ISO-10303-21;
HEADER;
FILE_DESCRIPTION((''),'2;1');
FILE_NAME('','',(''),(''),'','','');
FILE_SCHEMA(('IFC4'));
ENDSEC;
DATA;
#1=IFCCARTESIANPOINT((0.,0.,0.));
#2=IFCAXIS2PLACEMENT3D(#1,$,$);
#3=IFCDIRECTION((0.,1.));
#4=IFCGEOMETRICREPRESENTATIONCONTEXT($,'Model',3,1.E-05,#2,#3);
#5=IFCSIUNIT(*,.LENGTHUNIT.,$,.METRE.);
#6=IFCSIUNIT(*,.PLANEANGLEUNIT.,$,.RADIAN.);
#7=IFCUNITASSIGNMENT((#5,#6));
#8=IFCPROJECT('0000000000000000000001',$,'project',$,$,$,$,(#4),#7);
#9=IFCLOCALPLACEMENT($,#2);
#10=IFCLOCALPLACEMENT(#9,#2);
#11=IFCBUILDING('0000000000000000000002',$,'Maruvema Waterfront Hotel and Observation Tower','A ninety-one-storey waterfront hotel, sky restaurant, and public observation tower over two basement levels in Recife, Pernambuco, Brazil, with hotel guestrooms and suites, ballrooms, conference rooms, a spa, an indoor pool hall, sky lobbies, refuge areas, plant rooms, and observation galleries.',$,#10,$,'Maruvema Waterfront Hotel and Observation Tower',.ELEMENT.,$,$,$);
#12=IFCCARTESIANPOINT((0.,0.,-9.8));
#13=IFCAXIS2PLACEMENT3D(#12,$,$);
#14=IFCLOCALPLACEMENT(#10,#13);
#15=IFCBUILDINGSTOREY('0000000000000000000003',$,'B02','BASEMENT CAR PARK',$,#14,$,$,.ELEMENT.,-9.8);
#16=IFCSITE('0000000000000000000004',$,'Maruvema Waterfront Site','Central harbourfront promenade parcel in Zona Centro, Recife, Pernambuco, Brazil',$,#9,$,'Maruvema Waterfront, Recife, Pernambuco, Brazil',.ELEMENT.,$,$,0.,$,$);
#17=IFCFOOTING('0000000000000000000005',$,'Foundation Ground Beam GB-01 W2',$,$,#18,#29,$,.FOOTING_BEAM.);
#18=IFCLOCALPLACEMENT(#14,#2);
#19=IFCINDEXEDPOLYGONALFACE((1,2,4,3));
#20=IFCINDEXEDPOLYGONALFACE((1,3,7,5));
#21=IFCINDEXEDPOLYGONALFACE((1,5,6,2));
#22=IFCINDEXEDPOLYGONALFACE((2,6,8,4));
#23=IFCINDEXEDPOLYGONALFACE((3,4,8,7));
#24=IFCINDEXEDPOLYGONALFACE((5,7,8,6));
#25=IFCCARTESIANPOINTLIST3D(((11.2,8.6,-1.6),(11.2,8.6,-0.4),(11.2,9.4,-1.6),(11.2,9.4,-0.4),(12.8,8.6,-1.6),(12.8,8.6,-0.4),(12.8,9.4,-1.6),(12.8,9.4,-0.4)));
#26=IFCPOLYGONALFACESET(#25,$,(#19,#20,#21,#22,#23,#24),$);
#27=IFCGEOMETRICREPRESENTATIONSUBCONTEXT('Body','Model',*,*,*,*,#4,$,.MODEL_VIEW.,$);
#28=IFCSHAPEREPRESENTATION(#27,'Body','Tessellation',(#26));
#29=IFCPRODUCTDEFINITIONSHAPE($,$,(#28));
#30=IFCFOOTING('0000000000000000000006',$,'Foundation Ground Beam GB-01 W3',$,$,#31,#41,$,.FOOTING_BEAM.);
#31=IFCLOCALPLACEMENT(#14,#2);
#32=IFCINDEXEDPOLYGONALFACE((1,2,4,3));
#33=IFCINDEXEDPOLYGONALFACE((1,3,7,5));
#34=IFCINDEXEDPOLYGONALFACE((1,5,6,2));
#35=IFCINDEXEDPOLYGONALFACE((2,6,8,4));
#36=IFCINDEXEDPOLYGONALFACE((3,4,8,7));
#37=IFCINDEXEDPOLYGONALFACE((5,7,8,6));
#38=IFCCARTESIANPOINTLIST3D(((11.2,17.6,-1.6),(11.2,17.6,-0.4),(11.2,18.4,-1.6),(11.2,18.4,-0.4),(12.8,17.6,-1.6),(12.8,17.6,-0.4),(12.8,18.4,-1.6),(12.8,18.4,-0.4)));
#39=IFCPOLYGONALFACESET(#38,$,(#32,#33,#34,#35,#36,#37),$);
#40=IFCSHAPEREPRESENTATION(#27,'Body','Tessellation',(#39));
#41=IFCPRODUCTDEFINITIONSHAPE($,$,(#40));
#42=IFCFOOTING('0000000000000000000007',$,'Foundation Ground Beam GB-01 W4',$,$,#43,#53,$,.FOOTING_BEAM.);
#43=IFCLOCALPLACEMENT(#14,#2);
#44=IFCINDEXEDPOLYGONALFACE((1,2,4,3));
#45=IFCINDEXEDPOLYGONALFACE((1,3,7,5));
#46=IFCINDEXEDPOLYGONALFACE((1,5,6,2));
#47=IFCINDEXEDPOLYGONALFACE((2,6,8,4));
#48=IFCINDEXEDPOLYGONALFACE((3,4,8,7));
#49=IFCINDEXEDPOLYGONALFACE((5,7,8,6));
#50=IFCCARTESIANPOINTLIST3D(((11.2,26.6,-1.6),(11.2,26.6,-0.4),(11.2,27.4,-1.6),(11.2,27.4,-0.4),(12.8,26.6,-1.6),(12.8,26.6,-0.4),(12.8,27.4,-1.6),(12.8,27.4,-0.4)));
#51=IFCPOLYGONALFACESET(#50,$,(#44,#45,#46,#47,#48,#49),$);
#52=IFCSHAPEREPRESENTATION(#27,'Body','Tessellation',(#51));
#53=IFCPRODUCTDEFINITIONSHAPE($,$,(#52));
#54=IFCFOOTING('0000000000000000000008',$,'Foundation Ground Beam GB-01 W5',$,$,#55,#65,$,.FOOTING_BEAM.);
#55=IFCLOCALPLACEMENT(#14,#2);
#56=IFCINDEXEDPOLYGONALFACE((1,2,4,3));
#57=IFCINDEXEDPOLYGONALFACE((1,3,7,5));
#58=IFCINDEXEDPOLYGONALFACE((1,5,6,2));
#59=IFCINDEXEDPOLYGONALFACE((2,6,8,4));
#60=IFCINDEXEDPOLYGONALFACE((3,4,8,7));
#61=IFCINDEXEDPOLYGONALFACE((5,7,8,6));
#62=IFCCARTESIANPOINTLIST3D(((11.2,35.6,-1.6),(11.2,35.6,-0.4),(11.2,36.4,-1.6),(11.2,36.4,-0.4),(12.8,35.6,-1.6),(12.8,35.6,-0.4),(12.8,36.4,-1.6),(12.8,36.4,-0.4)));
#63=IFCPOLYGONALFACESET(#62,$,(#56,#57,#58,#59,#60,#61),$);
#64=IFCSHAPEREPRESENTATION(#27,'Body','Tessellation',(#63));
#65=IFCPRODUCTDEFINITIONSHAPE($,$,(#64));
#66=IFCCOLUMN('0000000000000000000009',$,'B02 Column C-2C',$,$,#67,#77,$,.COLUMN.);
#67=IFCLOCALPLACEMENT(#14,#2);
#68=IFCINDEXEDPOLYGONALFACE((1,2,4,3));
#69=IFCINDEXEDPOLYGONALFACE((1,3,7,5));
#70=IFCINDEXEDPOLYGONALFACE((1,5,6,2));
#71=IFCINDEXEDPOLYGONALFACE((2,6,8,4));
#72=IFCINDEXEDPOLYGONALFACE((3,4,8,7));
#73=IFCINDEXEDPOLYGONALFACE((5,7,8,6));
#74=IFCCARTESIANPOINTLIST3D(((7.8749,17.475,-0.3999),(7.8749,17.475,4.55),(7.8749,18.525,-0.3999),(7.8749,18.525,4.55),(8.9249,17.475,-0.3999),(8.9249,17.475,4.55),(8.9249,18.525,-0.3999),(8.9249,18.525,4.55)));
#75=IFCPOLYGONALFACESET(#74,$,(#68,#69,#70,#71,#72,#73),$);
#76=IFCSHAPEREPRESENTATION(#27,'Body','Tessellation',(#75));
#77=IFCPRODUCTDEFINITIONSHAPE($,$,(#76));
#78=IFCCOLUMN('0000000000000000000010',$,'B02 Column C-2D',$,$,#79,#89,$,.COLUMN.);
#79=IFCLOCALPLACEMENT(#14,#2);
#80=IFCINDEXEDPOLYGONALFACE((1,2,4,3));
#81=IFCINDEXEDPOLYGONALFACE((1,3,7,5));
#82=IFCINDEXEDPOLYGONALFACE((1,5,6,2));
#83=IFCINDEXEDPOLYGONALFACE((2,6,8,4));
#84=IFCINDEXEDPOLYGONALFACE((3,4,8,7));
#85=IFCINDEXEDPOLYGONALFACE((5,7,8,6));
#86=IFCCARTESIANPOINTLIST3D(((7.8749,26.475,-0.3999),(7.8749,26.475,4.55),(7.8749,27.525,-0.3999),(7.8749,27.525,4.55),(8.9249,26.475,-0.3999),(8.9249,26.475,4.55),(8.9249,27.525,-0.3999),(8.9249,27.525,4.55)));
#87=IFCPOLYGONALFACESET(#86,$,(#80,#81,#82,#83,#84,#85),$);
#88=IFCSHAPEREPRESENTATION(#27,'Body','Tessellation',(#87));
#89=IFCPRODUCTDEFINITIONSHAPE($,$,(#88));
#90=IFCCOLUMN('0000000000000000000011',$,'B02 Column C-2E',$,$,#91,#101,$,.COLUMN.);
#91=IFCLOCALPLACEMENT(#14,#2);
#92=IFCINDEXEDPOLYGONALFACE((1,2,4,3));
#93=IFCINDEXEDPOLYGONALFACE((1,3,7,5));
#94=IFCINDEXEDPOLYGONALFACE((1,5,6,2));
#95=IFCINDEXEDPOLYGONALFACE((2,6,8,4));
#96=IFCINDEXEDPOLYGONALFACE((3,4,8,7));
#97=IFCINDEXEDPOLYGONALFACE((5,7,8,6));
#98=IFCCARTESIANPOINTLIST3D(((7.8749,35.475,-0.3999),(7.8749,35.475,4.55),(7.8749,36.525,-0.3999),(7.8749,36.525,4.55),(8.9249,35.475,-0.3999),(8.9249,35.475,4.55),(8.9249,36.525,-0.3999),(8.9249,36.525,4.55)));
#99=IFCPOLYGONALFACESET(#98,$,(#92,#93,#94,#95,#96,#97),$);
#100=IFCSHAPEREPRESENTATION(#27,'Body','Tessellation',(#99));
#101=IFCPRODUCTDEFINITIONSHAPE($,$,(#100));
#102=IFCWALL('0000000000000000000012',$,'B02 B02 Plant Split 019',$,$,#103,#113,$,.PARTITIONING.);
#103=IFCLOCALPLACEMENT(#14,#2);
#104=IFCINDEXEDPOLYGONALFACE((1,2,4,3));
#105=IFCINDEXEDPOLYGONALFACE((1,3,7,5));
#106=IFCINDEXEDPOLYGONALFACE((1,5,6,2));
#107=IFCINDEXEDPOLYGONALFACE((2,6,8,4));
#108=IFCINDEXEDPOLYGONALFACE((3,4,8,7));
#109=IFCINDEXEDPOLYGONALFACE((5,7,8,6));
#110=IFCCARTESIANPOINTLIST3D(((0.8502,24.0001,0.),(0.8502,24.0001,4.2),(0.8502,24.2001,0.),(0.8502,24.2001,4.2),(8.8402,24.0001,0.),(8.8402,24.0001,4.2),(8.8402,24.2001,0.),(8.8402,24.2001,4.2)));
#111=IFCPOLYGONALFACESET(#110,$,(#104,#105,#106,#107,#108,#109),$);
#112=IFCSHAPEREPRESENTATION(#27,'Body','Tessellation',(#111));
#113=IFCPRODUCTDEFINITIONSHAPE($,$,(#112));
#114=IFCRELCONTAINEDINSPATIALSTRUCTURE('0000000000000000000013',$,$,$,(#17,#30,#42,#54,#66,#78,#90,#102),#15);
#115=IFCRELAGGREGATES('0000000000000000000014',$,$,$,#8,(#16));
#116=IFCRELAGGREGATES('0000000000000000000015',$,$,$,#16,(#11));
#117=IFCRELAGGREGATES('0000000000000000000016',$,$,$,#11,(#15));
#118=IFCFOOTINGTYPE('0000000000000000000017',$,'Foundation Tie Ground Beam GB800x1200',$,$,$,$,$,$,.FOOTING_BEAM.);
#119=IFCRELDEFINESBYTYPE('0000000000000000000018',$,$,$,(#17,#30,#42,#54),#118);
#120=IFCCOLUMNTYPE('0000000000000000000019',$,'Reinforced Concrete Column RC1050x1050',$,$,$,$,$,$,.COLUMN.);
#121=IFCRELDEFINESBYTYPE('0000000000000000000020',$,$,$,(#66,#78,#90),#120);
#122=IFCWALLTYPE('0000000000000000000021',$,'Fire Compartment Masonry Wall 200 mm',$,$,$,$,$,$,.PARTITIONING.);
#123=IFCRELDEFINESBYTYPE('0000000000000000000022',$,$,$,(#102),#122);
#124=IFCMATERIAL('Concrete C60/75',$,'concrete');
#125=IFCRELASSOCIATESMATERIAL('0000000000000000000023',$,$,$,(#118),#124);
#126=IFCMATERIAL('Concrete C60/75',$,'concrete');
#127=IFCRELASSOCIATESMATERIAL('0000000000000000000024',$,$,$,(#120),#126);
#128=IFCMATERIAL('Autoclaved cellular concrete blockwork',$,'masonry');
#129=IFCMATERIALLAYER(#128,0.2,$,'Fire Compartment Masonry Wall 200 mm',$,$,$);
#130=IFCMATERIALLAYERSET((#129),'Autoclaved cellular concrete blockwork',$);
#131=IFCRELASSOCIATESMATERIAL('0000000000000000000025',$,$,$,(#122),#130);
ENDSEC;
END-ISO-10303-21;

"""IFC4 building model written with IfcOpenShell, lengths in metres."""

from ifc_helpers import new_model, si_unit, direction, frame, frame_2d, origin, origin_2d, place, context, subcontext, project, spatial, rectangle, extrude, material, layer, layer_set, material_profile, profile_set, type_object, element, save


model = new_model("IFC4")

# Units and contexts
model_context = context("Model", 3, precision=1e-05, world=origin(), true_north=direction((0.0, 1.0)))
body_context = subcontext(model_context, "Body", "Model", "MODEL_VIEW")
ifc_project = project(units=[si_unit("LENGTHUNIT", "METRE"), si_unit("PLANEANGLEUNIT", "RADIAN")], contexts=[model_context])

# Site, building, storey
site_placement = place(None, origin())
site = spatial("IfcSite", under=ifc_project, at=site_placement, Name="Maruvema Waterfront Site", Description="Central harbourfront promenade parcel in Zona Centro, Recife, Pernambuco, Brazil", LongName="Maruvema Waterfront, Recife, Pernambuco, Brazil", CompositionType="ELEMENT", RefElevation=0.0)
building_placement = place(site_placement, origin())
building = spatial("IfcBuilding", under=site, at=building_placement, Name="Maruvema Waterfront Hotel and Observation Tower", Description="A ninety-one-storey waterfront hotel, sky restaurant, and public observation tower over two basement levels in Recife, Pernambuco, Brazil, with hotel guestrooms and suites, ballrooms, conference rooms, a spa, an indoor pool hall, sky lobbies, refuge areas, plant rooms, and observation galleries.", LongName="Maruvema Waterfront Hotel and Observation Tower", CompositionType="ELEMENT")
storey_placement = place(building_placement, frame((0.0, 0.0, -9.8)))
storey = spatial("IfcBuildingStorey", under=building, at=storey_placement, Name="B02", Description="BASEMENT CAR PARK", CompositionType="ELEMENT", Elevation=-9.8)

# Footings
ifc_material_1 = material(Name="Concrete C60/75", Category="concrete")
ifc_material_profile_1 = material_profile(ifc_material_1, rectangle(XDim=0.8, YDim=1.2, at=origin_2d()), Name="GB800x1200")
ifc_profile_set_1 = profile_set([ifc_material_profile_1], Name="Concrete C60/75")
footing_type_1 = type_object("IfcFootingType", Name="Foundation Tie Ground Beam GB800x1200", PredefinedType="FOOTING_BEAM", material=ifc_profile_set_1)
for number, where, z_axis, x_axis, name in (
    (1, (11.2, 9.0, -1.0), (1.0, 0.0, 0.0), (0.0, 1.0, 0.0), "Foundation Ground Beam GB-01 W2"),
    (2, (11.2, 18.0, -1.0), (1.0, 0.0, 0.0), (0.0, 1.0, 0.0), "Foundation Ground Beam GB-01 W3"),
    (3, (11.2, 27.0, -1.0), (1.0, 0.0, 0.0), (0.0, 1.0, 0.0), "Foundation Ground Beam GB-01 W4"),
    (4, (11.2, 36.0, -1.0), (1.0, 0.0, 0.0), (0.0, 1.0, 0.0), "Foundation Ground Beam GB-01 W5"),
):
    element("IfcFooting", number, at=place(storey_placement, frame(where, z_axis=z_axis, x_axis=x_axis)), inside=storey, type_object=footing_type_1, Name=name, PredefinedType="FOOTING_BEAM", context=body_context, shape_type="SweptSolid", body=[
        extrude(rectangle(XDim=0.8, YDim=1.2, at=origin_2d()), origin(), (0.0, 0.0, 1.0), 1.6001),
    ])

# Columns
ifc_material_2 = material(Name="Concrete C60/75", Category="concrete")
ifc_material_profile_2 = material_profile(ifc_material_2, rectangle(XDim=1.05, YDim=1.05, at=origin_2d()), Name="RC1050x1050")
ifc_profile_set_2 = profile_set([ifc_material_profile_2], Name="Concrete C60/75")
column_type = type_object("IfcColumnType", Name="Reinforced Concrete Column RC1050x1050", PredefinedType="COLUMN", material=ifc_profile_set_2)
for number, where, z_axis, x_axis, name in (
    (5, (8.3999, 18.0, -0.3999), (0.0, 0.0, 1.0), (1.0, 0.0, 0.0), "B02 Column C-2C"),
    (6, (8.3999, 27.0, -0.3999), (0.0, 0.0, 1.0), (1.0, 0.0, 0.0), "B02 Column C-2D"),
    (7, (8.3999, 36.0, -0.3999), (0.0, 0.0, 1.0), (1.0, 0.0, 0.0), "B02 Column C-2E"),
):
    element("IfcColumn", number, at=place(storey_placement, frame(where, z_axis=z_axis, x_axis=x_axis)), inside=storey, type_object=column_type, Name=name, PredefinedType="COLUMN", context=body_context, shape_type="SweptSolid", body=[
        extrude(rectangle(XDim=1.05, YDim=1.05, at=origin_2d()), origin(), (0.0, 0.0, 1.0), 4.95),
    ])

# Wall
ifc_material_3 = material(Name="Autoclaved cellular concrete blockwork", Category="masonry")
ifc_layer = layer(ifc_material_3, 0.2, Name="Fire Compartment Masonry Wall 200 mm")
ifc_layer_set = layer_set([ifc_layer], Name="Autoclaved cellular concrete blockwork")
wall_type = type_object("IfcWallType", Name="Fire Compartment Masonry Wall 200 mm", PredefinedType="PARTITIONING", material=ifc_layer_set)
wall_placement = place(storey_placement, frame((0.8501, 24.1001, 0.0), z_axis=(0.0, 0.0, 1.0), x_axis=(1.0, 0.0, 0.0)))
element("IfcWall", 8, at=wall_placement, inside=storey, type_object=wall_type, Name="B02 B02 Plant Split 019", PredefinedType="PARTITIONING", context=body_context, shape_type="SweptSolid", body=[
    extrude(rectangle(XDim=7.99, YDim=0.2, at=frame_2d((3.9951, 0.0))), origin(), (0.0, 0.0, 1.0), 4.2),
])

save(model, "model.ifc")
